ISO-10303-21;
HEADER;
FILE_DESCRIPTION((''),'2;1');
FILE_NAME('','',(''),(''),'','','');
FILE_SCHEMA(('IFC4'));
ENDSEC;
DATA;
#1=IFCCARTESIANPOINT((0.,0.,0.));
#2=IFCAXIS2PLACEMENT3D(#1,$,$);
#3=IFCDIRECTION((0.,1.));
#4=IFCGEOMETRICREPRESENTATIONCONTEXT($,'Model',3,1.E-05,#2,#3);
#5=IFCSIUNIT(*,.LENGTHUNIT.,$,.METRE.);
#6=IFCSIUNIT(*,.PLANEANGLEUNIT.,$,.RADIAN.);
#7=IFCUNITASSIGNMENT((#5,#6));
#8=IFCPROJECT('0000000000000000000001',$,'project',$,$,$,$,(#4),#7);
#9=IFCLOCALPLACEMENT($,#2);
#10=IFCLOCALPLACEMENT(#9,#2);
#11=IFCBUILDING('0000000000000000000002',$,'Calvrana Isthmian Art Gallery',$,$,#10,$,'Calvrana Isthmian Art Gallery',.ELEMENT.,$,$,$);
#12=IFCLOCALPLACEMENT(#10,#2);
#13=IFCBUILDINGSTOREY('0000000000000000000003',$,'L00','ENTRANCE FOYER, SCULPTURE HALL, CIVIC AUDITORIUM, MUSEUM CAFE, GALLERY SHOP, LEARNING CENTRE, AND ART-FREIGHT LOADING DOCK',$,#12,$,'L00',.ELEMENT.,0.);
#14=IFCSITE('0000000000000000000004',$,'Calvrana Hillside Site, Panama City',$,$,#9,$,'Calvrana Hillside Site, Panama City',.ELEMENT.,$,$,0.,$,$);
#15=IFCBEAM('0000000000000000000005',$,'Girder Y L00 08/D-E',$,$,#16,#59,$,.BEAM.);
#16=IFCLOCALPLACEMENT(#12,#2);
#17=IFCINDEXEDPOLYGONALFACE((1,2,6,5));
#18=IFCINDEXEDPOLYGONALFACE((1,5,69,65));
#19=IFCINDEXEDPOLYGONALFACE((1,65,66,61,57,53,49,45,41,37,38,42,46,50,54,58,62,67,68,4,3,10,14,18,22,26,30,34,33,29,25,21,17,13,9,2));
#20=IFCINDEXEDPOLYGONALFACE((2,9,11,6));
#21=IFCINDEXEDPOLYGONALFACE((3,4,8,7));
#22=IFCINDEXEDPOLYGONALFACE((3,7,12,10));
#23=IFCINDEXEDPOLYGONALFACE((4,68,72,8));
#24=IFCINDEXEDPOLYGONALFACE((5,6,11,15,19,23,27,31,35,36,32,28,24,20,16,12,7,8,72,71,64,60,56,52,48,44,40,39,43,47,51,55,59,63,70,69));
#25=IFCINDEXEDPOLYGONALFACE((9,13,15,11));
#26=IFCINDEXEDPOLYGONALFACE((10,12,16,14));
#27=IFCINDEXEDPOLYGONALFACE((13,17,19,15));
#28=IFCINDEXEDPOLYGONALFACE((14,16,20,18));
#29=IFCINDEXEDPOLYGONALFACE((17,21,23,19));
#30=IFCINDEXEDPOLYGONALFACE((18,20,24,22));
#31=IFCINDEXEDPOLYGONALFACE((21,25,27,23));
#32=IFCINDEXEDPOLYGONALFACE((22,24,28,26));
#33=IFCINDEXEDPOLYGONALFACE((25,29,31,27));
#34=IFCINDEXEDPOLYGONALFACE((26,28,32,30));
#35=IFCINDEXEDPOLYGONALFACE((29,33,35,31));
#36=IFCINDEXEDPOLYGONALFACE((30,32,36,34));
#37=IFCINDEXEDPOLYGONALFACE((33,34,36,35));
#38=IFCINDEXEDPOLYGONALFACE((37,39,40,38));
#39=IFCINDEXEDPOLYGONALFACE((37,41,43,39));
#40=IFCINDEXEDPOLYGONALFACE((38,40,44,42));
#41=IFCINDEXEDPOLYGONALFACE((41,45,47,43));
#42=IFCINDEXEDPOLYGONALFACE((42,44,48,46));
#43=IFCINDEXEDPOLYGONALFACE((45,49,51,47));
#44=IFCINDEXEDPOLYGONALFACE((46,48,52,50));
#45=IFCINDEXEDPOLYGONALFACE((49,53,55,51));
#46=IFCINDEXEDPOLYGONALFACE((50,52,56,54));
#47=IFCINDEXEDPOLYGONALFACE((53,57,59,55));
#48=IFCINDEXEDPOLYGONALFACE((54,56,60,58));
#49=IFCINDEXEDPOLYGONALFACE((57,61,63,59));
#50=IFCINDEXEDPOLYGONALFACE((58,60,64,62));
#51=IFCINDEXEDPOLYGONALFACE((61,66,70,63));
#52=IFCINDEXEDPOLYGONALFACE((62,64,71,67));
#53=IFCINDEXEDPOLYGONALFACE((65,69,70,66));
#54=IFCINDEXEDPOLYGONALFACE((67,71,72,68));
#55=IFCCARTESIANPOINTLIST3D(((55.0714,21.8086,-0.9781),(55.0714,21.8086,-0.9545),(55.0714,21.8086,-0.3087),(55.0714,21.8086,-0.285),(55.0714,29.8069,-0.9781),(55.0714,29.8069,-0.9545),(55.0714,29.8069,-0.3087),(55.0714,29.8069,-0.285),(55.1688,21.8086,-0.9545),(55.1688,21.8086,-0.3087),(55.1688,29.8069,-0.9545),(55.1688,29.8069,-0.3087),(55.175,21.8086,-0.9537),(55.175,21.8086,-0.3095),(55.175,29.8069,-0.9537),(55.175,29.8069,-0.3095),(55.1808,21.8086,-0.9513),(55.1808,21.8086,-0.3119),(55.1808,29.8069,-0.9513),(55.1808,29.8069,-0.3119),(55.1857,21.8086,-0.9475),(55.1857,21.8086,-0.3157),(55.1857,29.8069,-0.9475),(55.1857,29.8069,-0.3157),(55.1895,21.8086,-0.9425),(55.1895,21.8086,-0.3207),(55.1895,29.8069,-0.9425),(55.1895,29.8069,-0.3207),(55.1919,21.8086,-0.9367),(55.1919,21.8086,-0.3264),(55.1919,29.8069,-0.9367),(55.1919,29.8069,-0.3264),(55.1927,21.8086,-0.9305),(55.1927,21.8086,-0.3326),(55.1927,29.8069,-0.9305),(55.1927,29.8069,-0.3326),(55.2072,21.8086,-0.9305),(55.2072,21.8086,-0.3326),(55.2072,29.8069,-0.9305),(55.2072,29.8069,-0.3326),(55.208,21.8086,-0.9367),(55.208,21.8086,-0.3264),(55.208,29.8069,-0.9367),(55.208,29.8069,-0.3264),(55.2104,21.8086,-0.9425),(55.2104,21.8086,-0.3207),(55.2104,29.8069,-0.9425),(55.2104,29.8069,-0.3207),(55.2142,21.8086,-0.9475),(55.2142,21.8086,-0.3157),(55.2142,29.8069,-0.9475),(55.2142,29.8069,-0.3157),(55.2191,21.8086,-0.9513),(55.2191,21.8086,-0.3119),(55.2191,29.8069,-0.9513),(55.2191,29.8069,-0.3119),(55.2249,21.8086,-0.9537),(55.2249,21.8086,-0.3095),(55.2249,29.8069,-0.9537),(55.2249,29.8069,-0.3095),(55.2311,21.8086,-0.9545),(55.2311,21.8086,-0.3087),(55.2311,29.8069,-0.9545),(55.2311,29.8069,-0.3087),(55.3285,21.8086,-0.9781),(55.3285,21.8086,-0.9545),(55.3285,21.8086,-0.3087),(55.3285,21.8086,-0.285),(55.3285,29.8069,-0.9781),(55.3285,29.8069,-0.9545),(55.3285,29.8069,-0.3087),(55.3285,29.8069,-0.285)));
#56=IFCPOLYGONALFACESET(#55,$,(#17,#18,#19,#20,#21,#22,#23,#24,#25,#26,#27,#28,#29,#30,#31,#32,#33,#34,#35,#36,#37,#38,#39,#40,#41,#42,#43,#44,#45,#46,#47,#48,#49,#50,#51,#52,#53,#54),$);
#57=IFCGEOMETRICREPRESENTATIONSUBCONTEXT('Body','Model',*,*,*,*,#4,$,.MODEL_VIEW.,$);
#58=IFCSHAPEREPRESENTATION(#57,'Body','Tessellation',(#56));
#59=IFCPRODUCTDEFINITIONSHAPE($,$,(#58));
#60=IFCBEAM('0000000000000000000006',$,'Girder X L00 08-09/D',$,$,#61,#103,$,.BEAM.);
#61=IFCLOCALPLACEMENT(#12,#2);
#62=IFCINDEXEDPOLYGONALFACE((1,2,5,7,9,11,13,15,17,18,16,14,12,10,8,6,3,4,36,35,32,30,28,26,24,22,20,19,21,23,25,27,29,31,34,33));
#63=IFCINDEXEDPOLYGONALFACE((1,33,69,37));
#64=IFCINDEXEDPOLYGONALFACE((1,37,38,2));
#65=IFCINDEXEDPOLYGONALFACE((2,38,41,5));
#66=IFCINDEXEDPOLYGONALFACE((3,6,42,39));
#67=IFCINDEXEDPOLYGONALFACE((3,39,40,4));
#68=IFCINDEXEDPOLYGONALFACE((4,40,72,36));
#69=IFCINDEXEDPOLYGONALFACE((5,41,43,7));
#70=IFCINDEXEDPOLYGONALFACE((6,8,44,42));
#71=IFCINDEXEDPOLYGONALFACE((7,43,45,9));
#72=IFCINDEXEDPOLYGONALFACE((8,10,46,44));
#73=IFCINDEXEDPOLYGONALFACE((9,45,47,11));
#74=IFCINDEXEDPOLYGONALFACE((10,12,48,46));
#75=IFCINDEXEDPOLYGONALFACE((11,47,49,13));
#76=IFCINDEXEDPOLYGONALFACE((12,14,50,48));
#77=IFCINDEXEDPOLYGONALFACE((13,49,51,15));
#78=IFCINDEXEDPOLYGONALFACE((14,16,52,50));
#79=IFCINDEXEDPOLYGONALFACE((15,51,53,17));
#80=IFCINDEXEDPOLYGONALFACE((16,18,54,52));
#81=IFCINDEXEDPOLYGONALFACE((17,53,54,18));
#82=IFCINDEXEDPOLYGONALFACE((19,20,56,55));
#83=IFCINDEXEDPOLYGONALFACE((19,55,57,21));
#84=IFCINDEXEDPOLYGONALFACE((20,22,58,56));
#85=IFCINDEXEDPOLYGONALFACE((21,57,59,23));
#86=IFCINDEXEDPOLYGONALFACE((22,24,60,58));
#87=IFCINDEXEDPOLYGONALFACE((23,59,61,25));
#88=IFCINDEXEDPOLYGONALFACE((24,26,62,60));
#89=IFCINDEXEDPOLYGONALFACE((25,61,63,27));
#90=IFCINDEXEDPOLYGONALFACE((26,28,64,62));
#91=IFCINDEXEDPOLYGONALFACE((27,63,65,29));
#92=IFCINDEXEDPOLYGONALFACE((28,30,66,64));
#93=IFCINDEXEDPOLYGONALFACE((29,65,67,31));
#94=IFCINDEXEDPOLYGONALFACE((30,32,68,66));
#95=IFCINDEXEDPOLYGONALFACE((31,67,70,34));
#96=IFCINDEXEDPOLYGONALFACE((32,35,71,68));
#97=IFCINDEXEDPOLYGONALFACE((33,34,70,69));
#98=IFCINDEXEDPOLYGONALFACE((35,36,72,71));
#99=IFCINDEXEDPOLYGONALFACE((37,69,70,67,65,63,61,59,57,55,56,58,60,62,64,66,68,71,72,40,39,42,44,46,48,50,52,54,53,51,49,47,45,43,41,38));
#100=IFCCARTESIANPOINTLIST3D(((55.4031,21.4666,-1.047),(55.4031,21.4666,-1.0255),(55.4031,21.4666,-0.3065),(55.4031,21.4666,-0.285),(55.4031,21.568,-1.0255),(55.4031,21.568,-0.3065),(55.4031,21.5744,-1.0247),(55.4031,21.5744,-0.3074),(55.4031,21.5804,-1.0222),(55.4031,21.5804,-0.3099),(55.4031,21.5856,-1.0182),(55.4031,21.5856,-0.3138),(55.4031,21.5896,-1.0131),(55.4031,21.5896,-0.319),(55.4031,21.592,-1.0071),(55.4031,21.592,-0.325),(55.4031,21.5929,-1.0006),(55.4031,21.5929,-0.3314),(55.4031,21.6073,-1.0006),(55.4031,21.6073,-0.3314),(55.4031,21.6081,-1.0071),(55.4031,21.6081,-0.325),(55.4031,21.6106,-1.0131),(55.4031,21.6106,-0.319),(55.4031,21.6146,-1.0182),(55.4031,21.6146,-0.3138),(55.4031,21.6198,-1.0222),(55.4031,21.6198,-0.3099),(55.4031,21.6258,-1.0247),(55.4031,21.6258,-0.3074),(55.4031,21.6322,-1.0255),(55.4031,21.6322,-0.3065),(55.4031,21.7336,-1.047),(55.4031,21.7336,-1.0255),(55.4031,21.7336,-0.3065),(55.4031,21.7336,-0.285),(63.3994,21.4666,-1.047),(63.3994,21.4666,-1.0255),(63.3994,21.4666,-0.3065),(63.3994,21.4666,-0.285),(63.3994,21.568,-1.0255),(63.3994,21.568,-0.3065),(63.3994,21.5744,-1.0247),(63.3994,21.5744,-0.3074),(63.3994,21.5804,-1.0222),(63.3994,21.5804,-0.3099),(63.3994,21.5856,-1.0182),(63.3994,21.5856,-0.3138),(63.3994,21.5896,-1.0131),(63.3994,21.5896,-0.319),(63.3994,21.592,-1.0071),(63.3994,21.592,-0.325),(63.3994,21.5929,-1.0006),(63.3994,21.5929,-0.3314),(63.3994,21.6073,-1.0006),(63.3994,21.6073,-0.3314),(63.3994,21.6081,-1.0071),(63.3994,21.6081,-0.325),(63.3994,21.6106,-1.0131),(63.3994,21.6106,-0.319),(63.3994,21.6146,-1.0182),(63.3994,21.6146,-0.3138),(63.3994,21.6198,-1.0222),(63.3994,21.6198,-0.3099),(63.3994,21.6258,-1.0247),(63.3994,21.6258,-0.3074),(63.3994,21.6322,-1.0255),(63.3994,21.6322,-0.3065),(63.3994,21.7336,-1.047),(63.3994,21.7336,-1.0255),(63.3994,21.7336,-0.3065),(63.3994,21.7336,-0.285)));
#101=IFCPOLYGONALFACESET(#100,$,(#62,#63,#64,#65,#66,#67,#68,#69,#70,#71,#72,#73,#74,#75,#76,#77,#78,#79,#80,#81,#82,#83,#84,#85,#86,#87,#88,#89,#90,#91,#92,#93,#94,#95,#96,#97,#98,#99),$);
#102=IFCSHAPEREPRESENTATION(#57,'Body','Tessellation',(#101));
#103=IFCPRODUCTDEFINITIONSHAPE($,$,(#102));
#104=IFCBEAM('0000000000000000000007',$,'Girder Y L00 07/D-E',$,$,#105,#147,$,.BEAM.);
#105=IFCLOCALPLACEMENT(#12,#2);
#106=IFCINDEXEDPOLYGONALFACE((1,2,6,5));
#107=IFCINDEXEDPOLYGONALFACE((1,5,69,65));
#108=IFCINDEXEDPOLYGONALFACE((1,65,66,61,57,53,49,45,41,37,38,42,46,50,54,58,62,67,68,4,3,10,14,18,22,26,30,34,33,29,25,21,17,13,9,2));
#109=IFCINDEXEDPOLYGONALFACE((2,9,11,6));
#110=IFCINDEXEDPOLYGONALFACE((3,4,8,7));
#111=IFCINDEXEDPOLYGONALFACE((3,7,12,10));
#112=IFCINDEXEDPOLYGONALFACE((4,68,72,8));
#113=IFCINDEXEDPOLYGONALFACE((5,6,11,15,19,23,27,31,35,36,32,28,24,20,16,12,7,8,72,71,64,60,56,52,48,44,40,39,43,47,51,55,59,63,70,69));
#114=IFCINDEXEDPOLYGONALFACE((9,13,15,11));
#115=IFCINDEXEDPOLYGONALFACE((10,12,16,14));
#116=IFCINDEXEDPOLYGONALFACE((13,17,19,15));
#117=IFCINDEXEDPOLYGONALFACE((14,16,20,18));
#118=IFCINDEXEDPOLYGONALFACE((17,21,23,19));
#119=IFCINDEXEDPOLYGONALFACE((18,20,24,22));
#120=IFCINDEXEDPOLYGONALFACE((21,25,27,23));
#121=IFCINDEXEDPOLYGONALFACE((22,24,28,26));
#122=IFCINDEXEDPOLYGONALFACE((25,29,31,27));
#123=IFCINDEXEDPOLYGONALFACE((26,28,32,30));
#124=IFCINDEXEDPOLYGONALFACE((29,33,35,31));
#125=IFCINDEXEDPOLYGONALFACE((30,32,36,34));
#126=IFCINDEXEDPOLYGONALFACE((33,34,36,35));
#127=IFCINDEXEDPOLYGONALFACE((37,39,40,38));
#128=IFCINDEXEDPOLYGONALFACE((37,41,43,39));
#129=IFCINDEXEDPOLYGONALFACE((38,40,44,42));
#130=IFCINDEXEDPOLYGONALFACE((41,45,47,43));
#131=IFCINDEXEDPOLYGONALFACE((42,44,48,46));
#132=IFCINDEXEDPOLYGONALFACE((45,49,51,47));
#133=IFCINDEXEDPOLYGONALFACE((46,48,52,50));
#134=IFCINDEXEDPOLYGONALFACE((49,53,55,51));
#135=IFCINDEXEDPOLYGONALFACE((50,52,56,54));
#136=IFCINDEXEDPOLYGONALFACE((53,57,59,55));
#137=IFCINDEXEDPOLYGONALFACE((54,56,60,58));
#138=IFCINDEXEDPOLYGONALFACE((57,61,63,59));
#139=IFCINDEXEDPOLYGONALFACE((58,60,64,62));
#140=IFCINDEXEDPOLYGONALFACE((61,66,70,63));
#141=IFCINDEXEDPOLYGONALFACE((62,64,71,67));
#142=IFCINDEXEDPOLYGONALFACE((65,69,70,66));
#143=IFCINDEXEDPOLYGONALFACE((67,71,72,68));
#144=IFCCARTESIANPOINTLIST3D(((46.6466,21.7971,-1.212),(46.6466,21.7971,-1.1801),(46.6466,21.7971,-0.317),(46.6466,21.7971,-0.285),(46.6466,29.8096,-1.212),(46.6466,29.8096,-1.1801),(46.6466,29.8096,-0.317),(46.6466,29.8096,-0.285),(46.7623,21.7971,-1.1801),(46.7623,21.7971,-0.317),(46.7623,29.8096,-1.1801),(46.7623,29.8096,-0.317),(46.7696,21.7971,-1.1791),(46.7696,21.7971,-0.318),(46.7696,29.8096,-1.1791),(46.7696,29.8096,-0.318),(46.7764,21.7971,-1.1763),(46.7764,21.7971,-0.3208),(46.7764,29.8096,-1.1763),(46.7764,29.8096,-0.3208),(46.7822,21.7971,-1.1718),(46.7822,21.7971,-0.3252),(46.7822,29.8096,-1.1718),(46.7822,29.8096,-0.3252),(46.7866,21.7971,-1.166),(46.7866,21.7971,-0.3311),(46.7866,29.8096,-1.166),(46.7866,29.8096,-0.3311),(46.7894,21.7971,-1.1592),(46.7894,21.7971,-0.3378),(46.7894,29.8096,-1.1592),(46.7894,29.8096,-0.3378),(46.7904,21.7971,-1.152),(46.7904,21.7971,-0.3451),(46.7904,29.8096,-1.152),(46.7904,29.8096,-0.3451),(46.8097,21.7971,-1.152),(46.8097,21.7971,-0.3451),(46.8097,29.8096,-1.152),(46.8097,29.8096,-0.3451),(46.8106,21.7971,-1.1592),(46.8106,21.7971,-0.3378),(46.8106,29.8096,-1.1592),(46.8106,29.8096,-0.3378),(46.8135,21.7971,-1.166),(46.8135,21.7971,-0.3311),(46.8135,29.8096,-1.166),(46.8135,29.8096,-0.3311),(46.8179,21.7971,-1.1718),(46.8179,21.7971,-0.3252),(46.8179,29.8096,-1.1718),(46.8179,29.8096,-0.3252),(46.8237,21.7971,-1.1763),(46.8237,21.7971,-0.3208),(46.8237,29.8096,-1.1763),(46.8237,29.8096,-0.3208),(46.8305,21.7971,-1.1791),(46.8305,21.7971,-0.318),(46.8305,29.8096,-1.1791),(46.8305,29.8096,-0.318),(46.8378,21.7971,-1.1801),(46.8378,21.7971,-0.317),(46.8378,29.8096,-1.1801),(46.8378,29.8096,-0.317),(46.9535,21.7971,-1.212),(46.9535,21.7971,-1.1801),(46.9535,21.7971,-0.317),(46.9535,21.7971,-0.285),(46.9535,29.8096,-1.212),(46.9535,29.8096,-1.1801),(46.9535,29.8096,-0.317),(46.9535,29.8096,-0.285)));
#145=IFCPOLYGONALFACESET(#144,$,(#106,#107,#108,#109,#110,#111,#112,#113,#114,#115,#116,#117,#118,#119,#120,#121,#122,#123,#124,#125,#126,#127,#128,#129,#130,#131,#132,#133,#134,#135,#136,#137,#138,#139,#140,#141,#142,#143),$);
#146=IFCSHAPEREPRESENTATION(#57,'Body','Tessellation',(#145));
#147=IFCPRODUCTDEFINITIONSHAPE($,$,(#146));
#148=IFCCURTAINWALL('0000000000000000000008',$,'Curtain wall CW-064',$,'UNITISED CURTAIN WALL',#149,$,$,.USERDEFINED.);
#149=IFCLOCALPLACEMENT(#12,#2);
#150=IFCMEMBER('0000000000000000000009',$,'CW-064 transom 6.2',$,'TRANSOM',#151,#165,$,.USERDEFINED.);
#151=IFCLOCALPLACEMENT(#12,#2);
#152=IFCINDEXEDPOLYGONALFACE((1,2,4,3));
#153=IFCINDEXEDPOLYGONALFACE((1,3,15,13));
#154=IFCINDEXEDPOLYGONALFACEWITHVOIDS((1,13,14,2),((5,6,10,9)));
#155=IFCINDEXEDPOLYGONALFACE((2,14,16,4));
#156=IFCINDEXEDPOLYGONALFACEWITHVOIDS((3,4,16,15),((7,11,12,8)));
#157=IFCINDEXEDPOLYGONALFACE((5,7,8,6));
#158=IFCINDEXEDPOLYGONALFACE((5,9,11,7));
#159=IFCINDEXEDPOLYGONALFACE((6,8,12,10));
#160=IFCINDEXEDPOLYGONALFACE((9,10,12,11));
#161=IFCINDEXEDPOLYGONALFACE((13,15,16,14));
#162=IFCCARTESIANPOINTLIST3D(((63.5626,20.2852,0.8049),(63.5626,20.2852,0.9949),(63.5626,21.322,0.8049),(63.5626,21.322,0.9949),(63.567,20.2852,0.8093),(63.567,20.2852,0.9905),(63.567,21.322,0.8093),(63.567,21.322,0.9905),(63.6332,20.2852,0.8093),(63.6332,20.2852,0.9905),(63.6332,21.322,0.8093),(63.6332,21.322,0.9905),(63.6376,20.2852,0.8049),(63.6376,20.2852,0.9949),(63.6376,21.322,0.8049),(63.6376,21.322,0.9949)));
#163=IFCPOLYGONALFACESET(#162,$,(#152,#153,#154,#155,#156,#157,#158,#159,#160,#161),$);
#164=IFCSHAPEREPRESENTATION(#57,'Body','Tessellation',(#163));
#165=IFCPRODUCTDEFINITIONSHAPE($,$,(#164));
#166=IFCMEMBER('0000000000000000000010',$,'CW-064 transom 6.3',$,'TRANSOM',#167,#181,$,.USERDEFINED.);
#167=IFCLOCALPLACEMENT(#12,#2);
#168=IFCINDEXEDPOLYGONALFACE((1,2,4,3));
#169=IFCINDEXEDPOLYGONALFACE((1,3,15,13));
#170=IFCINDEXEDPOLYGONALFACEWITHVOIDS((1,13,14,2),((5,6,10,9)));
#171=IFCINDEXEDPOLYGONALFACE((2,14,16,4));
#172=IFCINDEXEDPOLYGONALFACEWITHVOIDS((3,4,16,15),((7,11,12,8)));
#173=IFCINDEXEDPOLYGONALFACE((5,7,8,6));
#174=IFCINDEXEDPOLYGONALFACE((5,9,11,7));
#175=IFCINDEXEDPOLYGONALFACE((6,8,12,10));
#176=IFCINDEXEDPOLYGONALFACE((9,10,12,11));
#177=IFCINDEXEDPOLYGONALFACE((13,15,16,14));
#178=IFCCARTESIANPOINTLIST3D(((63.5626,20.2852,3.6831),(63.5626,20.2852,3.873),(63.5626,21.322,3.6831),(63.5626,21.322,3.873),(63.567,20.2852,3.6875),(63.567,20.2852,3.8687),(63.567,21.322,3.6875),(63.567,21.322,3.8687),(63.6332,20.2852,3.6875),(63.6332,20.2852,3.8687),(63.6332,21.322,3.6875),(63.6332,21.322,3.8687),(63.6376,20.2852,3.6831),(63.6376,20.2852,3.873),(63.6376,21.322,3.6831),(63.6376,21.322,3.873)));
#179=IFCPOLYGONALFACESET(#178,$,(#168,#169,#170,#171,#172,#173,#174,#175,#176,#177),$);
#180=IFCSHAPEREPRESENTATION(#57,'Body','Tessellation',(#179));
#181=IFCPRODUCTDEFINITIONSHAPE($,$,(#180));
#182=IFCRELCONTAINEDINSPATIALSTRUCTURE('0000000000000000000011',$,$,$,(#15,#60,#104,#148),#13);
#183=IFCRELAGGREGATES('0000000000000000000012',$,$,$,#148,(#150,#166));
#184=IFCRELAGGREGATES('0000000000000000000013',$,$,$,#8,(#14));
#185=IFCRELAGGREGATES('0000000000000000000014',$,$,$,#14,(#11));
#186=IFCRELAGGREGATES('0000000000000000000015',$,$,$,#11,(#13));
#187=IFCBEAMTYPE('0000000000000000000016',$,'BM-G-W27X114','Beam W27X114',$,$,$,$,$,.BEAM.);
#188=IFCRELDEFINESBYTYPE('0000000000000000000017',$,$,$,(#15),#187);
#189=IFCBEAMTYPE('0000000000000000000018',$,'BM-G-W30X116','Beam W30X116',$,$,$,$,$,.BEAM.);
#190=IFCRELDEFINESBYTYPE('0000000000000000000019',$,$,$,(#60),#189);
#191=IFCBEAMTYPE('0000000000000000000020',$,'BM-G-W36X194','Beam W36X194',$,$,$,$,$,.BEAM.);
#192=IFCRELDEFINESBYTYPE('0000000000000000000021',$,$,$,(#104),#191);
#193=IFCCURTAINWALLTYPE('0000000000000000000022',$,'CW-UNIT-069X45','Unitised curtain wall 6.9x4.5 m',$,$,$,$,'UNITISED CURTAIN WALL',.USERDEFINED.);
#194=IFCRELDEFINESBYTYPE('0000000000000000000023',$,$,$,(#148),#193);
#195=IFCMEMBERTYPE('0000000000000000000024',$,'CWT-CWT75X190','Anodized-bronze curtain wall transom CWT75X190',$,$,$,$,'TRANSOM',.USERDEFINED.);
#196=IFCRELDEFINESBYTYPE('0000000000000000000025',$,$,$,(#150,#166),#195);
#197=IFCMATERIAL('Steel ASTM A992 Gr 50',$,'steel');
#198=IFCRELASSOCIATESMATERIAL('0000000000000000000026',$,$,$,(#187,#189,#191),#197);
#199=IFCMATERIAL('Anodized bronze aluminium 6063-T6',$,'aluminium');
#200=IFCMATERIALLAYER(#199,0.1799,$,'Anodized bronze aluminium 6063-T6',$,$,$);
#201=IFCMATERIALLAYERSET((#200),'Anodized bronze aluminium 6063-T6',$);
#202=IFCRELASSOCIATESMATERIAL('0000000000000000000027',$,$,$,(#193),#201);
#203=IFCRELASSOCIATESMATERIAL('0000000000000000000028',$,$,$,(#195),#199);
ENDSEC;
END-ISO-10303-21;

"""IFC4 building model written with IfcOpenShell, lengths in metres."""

from ifc_helpers import new_model, si_unit, direction, frame, origin, origin_2d, place, context, subcontext, project, spatial, hollow_rectangle, i_section, extrude, material, layer, layer_set, material_profile, profile_set, type_object, element, aggregate, save


model = new_model("IFC4")

# Units and contexts
model_context = context("Model", 3, precision=1e-05, world=origin(), true_north=direction((0.0, 1.0)))
body_context = subcontext(model_context, "Body", "Model", "MODEL_VIEW")
ifc_project = project(units=[si_unit("LENGTHUNIT", "METRE"), si_unit("PLANEANGLEUNIT", "RADIAN")], contexts=[model_context])

# Site, building, storey
site_placement = place(None, origin())
site = spatial("IfcSite", under=ifc_project, at=site_placement, Name="Calvrana Hillside Site, Panama City", LongName="Calvrana Hillside Site, Panama City", CompositionType="ELEMENT", RefElevation=0.0)
building_placement = place(site_placement, origin())
building = spatial("IfcBuilding", under=site, at=building_placement, Name="Calvrana Isthmian Art Gallery", LongName="Calvrana Isthmian Art Gallery", CompositionType="ELEMENT")
storey_placement = place(building_placement, origin())
storey = spatial("IfcBuildingStorey", under=building, at=storey_placement, Name="L00", Description="ENTRANCE FOYER, SCULPTURE HALL, CIVIC AUDITORIUM, MUSEUM CAFE, GALLERY SHOP, LEARNING CENTRE, AND ART-FREIGHT LOADING DOCK", LongName="L00", CompositionType="ELEMENT", Elevation=0.0)

# Shared definitions
ifc_material_1 = material(Name="Steel ASTM A992 Gr 50", Category="steel")

# Beams
ifc_material_profile_1 = material_profile(ifc_material_1, i_section(OverallWidth=0.2571, OverallDepth=0.6931, WebThickness=0.0144, FlangeThickness=0.0237, FilletRadius=0.0239, at=origin_2d()), Name="W27X114")
ifc_profile_set_1 = profile_set([ifc_material_profile_1], Name="Steel ASTM A992 Gr 50")
beam_type_1 = type_object("IfcBeamType", Name="BM-G-W27X114", Description="Beam W27X114", PredefinedType="BEAM", material=ifc_profile_set_1)
beam_1_placement = place(storey_placement, frame((55.2, 21.8086, -0.6316), z_axis=(0.0, 1.0, 0.0), x_axis=(-1.0, 0.0, 0.0)))
element("IfcBeam", 1, at=beam_1_placement, inside=storey, type_object=beam_type_1, Name="Girder Y L00 08/D-E", PredefinedType="BEAM", context=body_context, shape_type="SweptSolid", body=[
    extrude(i_section(OverallWidth=0.2571, OverallDepth=0.6931, WebThickness=0.0144, FlangeThickness=0.0237, FilletRadius=0.0239, at=origin_2d()), origin(), (0.0, 0.0, 1.0), 7.9983),
])
ifc_material_profile_2 = material_profile(ifc_material_1, i_section(OverallWidth=0.2671, OverallDepth=0.762, WebThickness=0.0144, FlangeThickness=0.0215, FilletRadius=0.0249, at=origin_2d()), Name="W30X116")
ifc_profile_set_2 = profile_set([ifc_material_profile_2], Name="Steel ASTM A992 Gr 50")
beam_type_2 = type_object("IfcBeamType", Name="BM-G-W30X116", Description="Beam W30X116", PredefinedType="BEAM", material=ifc_profile_set_2)
beam_2_placement = place(storey_placement, frame((55.4031, 21.6001, -0.666), z_axis=(1.0, 0.0, 0.0), x_axis=(0.0, 1.0, 0.0)))
element("IfcBeam", 2, at=beam_2_placement, inside=storey, type_object=beam_type_2, Name="Girder X L00 08-09/D", PredefinedType="BEAM", context=body_context, shape_type="SweptSolid", body=[
    extrude(i_section(OverallWidth=0.2671, OverallDepth=0.762, WebThickness=0.0144, FlangeThickness=0.0215, FilletRadius=0.0249, at=origin_2d()), origin(), (0.0, 0.0, 1.0), 7.9963),
])
ifc_material_profile_3 = material_profile(ifc_material_1, i_section(OverallWidth=0.3069, OverallDepth=0.927, WebThickness=0.0193, FlangeThickness=0.032, FilletRadius=0.0281, at=origin_2d()), Name="W36X194")
ifc_profile_set_3 = profile_set([ifc_material_profile_3], Name="Steel ASTM A992 Gr 50")
beam_type_3 = type_object("IfcBeamType", Name="BM-G-W36X194", Description="Beam W36X194", PredefinedType="BEAM", material=ifc_profile_set_3)
beam_3_placement = place(storey_placement, frame((46.8, 21.7971, -0.7485), z_axis=(0.0, 1.0, 0.0), x_axis=(-1.0, 0.0, 0.0)))
element("IfcBeam", 3, at=beam_3_placement, inside=storey, type_object=beam_type_3, Name="Girder Y L00 07/D-E", PredefinedType="BEAM", context=body_context, shape_type="SweptSolid", body=[
    extrude(i_section(OverallWidth=0.3069, OverallDepth=0.927, WebThickness=0.0193, FlangeThickness=0.032, FilletRadius=0.0281, at=origin_2d()), origin(), (0.0, 0.0, 1.0), 8.0125),
])

# Curtain wall, members
ifc_material_2 = material(Name="Anodized bronze aluminium 6063-T6", Category="aluminium")
ifc_layer_1 = layer(ifc_material_2, 0.1799, Name="Anodized bronze aluminium 6063-T6")
ifc_layer_set_1 = layer_set([ifc_layer_1], Name="Anodized bronze aluminium 6063-T6")
curtain_wall_type = type_object("IfcCurtainWallType", Name="CW-UNIT-069X45", Description="Unitised curtain wall 6.9x4.5 m", ElementType="UNITISED CURTAIN WALL", PredefinedType="USERDEFINED", material=ifc_layer_set_1)
curtain_wall_placement = place(storey_placement, origin())
curtain_wall = element("IfcCurtainWall", 4, at=curtain_wall_placement, inside=storey, type_object=curtain_wall_type, Name="Curtain wall CW-064", ObjectType="UNITISED CURTAIN WALL", PredefinedType="USERDEFINED")
ifc_material_profile_4 = material_profile(ifc_material_2, hollow_rectangle(XDim=0.075, YDim=0.1899, WallThickness=0.0044, at=origin_2d()), Name="CWT75X190")
ifc_profile_set_4 = profile_set([ifc_material_profile_4], Name="Anodized bronze aluminium 6063-T6")
member_type = type_object("IfcMemberType", Name="CWT-CWT75X190", Description="Anodized-bronze curtain wall transom CWT75X190", ElementType="TRANSOM", PredefinedType="USERDEFINED", material=ifc_profile_set_4)
member_1_placement = place(storey_placement, frame((63.6001, 20.2852, 0.8999), z_axis=(0.0, 1.0, 0.0), x_axis=(-1.0, 0.0, 0.0)))
member_1 = element("IfcMember", 5, at=member_1_placement, type_object=member_type, Name="CW-064 transom 6.2", ObjectType="TRANSOM", PredefinedType="USERDEFINED", context=body_context, shape_type="SweptSolid", body=[
    extrude(hollow_rectangle(XDim=0.075, YDim=0.1899, WallThickness=0.0044, at=origin_2d()), origin(), (0.0, 0.0, 1.0), 1.0369),
])
member_2_placement = place(storey_placement, frame((63.6001, 20.2852, 3.7781), z_axis=(0.0, 1.0, 0.0), x_axis=(-1.0, 0.0, 0.0)))
member_2 = element("IfcMember", 6, at=member_2_placement, type_object=member_type, Name="CW-064 transom 6.3", ObjectType="TRANSOM", PredefinedType="USERDEFINED", context=body_context, shape_type="SweptSolid", body=[
    extrude(hollow_rectangle(XDim=0.075, YDim=0.1899, WallThickness=0.0044, at=origin_2d()), origin(), (0.0, 0.0, 1.0), 1.0369),
])
aggregate(curtain_wall, [member_1, member_2])

save(model, "model.ifc")
